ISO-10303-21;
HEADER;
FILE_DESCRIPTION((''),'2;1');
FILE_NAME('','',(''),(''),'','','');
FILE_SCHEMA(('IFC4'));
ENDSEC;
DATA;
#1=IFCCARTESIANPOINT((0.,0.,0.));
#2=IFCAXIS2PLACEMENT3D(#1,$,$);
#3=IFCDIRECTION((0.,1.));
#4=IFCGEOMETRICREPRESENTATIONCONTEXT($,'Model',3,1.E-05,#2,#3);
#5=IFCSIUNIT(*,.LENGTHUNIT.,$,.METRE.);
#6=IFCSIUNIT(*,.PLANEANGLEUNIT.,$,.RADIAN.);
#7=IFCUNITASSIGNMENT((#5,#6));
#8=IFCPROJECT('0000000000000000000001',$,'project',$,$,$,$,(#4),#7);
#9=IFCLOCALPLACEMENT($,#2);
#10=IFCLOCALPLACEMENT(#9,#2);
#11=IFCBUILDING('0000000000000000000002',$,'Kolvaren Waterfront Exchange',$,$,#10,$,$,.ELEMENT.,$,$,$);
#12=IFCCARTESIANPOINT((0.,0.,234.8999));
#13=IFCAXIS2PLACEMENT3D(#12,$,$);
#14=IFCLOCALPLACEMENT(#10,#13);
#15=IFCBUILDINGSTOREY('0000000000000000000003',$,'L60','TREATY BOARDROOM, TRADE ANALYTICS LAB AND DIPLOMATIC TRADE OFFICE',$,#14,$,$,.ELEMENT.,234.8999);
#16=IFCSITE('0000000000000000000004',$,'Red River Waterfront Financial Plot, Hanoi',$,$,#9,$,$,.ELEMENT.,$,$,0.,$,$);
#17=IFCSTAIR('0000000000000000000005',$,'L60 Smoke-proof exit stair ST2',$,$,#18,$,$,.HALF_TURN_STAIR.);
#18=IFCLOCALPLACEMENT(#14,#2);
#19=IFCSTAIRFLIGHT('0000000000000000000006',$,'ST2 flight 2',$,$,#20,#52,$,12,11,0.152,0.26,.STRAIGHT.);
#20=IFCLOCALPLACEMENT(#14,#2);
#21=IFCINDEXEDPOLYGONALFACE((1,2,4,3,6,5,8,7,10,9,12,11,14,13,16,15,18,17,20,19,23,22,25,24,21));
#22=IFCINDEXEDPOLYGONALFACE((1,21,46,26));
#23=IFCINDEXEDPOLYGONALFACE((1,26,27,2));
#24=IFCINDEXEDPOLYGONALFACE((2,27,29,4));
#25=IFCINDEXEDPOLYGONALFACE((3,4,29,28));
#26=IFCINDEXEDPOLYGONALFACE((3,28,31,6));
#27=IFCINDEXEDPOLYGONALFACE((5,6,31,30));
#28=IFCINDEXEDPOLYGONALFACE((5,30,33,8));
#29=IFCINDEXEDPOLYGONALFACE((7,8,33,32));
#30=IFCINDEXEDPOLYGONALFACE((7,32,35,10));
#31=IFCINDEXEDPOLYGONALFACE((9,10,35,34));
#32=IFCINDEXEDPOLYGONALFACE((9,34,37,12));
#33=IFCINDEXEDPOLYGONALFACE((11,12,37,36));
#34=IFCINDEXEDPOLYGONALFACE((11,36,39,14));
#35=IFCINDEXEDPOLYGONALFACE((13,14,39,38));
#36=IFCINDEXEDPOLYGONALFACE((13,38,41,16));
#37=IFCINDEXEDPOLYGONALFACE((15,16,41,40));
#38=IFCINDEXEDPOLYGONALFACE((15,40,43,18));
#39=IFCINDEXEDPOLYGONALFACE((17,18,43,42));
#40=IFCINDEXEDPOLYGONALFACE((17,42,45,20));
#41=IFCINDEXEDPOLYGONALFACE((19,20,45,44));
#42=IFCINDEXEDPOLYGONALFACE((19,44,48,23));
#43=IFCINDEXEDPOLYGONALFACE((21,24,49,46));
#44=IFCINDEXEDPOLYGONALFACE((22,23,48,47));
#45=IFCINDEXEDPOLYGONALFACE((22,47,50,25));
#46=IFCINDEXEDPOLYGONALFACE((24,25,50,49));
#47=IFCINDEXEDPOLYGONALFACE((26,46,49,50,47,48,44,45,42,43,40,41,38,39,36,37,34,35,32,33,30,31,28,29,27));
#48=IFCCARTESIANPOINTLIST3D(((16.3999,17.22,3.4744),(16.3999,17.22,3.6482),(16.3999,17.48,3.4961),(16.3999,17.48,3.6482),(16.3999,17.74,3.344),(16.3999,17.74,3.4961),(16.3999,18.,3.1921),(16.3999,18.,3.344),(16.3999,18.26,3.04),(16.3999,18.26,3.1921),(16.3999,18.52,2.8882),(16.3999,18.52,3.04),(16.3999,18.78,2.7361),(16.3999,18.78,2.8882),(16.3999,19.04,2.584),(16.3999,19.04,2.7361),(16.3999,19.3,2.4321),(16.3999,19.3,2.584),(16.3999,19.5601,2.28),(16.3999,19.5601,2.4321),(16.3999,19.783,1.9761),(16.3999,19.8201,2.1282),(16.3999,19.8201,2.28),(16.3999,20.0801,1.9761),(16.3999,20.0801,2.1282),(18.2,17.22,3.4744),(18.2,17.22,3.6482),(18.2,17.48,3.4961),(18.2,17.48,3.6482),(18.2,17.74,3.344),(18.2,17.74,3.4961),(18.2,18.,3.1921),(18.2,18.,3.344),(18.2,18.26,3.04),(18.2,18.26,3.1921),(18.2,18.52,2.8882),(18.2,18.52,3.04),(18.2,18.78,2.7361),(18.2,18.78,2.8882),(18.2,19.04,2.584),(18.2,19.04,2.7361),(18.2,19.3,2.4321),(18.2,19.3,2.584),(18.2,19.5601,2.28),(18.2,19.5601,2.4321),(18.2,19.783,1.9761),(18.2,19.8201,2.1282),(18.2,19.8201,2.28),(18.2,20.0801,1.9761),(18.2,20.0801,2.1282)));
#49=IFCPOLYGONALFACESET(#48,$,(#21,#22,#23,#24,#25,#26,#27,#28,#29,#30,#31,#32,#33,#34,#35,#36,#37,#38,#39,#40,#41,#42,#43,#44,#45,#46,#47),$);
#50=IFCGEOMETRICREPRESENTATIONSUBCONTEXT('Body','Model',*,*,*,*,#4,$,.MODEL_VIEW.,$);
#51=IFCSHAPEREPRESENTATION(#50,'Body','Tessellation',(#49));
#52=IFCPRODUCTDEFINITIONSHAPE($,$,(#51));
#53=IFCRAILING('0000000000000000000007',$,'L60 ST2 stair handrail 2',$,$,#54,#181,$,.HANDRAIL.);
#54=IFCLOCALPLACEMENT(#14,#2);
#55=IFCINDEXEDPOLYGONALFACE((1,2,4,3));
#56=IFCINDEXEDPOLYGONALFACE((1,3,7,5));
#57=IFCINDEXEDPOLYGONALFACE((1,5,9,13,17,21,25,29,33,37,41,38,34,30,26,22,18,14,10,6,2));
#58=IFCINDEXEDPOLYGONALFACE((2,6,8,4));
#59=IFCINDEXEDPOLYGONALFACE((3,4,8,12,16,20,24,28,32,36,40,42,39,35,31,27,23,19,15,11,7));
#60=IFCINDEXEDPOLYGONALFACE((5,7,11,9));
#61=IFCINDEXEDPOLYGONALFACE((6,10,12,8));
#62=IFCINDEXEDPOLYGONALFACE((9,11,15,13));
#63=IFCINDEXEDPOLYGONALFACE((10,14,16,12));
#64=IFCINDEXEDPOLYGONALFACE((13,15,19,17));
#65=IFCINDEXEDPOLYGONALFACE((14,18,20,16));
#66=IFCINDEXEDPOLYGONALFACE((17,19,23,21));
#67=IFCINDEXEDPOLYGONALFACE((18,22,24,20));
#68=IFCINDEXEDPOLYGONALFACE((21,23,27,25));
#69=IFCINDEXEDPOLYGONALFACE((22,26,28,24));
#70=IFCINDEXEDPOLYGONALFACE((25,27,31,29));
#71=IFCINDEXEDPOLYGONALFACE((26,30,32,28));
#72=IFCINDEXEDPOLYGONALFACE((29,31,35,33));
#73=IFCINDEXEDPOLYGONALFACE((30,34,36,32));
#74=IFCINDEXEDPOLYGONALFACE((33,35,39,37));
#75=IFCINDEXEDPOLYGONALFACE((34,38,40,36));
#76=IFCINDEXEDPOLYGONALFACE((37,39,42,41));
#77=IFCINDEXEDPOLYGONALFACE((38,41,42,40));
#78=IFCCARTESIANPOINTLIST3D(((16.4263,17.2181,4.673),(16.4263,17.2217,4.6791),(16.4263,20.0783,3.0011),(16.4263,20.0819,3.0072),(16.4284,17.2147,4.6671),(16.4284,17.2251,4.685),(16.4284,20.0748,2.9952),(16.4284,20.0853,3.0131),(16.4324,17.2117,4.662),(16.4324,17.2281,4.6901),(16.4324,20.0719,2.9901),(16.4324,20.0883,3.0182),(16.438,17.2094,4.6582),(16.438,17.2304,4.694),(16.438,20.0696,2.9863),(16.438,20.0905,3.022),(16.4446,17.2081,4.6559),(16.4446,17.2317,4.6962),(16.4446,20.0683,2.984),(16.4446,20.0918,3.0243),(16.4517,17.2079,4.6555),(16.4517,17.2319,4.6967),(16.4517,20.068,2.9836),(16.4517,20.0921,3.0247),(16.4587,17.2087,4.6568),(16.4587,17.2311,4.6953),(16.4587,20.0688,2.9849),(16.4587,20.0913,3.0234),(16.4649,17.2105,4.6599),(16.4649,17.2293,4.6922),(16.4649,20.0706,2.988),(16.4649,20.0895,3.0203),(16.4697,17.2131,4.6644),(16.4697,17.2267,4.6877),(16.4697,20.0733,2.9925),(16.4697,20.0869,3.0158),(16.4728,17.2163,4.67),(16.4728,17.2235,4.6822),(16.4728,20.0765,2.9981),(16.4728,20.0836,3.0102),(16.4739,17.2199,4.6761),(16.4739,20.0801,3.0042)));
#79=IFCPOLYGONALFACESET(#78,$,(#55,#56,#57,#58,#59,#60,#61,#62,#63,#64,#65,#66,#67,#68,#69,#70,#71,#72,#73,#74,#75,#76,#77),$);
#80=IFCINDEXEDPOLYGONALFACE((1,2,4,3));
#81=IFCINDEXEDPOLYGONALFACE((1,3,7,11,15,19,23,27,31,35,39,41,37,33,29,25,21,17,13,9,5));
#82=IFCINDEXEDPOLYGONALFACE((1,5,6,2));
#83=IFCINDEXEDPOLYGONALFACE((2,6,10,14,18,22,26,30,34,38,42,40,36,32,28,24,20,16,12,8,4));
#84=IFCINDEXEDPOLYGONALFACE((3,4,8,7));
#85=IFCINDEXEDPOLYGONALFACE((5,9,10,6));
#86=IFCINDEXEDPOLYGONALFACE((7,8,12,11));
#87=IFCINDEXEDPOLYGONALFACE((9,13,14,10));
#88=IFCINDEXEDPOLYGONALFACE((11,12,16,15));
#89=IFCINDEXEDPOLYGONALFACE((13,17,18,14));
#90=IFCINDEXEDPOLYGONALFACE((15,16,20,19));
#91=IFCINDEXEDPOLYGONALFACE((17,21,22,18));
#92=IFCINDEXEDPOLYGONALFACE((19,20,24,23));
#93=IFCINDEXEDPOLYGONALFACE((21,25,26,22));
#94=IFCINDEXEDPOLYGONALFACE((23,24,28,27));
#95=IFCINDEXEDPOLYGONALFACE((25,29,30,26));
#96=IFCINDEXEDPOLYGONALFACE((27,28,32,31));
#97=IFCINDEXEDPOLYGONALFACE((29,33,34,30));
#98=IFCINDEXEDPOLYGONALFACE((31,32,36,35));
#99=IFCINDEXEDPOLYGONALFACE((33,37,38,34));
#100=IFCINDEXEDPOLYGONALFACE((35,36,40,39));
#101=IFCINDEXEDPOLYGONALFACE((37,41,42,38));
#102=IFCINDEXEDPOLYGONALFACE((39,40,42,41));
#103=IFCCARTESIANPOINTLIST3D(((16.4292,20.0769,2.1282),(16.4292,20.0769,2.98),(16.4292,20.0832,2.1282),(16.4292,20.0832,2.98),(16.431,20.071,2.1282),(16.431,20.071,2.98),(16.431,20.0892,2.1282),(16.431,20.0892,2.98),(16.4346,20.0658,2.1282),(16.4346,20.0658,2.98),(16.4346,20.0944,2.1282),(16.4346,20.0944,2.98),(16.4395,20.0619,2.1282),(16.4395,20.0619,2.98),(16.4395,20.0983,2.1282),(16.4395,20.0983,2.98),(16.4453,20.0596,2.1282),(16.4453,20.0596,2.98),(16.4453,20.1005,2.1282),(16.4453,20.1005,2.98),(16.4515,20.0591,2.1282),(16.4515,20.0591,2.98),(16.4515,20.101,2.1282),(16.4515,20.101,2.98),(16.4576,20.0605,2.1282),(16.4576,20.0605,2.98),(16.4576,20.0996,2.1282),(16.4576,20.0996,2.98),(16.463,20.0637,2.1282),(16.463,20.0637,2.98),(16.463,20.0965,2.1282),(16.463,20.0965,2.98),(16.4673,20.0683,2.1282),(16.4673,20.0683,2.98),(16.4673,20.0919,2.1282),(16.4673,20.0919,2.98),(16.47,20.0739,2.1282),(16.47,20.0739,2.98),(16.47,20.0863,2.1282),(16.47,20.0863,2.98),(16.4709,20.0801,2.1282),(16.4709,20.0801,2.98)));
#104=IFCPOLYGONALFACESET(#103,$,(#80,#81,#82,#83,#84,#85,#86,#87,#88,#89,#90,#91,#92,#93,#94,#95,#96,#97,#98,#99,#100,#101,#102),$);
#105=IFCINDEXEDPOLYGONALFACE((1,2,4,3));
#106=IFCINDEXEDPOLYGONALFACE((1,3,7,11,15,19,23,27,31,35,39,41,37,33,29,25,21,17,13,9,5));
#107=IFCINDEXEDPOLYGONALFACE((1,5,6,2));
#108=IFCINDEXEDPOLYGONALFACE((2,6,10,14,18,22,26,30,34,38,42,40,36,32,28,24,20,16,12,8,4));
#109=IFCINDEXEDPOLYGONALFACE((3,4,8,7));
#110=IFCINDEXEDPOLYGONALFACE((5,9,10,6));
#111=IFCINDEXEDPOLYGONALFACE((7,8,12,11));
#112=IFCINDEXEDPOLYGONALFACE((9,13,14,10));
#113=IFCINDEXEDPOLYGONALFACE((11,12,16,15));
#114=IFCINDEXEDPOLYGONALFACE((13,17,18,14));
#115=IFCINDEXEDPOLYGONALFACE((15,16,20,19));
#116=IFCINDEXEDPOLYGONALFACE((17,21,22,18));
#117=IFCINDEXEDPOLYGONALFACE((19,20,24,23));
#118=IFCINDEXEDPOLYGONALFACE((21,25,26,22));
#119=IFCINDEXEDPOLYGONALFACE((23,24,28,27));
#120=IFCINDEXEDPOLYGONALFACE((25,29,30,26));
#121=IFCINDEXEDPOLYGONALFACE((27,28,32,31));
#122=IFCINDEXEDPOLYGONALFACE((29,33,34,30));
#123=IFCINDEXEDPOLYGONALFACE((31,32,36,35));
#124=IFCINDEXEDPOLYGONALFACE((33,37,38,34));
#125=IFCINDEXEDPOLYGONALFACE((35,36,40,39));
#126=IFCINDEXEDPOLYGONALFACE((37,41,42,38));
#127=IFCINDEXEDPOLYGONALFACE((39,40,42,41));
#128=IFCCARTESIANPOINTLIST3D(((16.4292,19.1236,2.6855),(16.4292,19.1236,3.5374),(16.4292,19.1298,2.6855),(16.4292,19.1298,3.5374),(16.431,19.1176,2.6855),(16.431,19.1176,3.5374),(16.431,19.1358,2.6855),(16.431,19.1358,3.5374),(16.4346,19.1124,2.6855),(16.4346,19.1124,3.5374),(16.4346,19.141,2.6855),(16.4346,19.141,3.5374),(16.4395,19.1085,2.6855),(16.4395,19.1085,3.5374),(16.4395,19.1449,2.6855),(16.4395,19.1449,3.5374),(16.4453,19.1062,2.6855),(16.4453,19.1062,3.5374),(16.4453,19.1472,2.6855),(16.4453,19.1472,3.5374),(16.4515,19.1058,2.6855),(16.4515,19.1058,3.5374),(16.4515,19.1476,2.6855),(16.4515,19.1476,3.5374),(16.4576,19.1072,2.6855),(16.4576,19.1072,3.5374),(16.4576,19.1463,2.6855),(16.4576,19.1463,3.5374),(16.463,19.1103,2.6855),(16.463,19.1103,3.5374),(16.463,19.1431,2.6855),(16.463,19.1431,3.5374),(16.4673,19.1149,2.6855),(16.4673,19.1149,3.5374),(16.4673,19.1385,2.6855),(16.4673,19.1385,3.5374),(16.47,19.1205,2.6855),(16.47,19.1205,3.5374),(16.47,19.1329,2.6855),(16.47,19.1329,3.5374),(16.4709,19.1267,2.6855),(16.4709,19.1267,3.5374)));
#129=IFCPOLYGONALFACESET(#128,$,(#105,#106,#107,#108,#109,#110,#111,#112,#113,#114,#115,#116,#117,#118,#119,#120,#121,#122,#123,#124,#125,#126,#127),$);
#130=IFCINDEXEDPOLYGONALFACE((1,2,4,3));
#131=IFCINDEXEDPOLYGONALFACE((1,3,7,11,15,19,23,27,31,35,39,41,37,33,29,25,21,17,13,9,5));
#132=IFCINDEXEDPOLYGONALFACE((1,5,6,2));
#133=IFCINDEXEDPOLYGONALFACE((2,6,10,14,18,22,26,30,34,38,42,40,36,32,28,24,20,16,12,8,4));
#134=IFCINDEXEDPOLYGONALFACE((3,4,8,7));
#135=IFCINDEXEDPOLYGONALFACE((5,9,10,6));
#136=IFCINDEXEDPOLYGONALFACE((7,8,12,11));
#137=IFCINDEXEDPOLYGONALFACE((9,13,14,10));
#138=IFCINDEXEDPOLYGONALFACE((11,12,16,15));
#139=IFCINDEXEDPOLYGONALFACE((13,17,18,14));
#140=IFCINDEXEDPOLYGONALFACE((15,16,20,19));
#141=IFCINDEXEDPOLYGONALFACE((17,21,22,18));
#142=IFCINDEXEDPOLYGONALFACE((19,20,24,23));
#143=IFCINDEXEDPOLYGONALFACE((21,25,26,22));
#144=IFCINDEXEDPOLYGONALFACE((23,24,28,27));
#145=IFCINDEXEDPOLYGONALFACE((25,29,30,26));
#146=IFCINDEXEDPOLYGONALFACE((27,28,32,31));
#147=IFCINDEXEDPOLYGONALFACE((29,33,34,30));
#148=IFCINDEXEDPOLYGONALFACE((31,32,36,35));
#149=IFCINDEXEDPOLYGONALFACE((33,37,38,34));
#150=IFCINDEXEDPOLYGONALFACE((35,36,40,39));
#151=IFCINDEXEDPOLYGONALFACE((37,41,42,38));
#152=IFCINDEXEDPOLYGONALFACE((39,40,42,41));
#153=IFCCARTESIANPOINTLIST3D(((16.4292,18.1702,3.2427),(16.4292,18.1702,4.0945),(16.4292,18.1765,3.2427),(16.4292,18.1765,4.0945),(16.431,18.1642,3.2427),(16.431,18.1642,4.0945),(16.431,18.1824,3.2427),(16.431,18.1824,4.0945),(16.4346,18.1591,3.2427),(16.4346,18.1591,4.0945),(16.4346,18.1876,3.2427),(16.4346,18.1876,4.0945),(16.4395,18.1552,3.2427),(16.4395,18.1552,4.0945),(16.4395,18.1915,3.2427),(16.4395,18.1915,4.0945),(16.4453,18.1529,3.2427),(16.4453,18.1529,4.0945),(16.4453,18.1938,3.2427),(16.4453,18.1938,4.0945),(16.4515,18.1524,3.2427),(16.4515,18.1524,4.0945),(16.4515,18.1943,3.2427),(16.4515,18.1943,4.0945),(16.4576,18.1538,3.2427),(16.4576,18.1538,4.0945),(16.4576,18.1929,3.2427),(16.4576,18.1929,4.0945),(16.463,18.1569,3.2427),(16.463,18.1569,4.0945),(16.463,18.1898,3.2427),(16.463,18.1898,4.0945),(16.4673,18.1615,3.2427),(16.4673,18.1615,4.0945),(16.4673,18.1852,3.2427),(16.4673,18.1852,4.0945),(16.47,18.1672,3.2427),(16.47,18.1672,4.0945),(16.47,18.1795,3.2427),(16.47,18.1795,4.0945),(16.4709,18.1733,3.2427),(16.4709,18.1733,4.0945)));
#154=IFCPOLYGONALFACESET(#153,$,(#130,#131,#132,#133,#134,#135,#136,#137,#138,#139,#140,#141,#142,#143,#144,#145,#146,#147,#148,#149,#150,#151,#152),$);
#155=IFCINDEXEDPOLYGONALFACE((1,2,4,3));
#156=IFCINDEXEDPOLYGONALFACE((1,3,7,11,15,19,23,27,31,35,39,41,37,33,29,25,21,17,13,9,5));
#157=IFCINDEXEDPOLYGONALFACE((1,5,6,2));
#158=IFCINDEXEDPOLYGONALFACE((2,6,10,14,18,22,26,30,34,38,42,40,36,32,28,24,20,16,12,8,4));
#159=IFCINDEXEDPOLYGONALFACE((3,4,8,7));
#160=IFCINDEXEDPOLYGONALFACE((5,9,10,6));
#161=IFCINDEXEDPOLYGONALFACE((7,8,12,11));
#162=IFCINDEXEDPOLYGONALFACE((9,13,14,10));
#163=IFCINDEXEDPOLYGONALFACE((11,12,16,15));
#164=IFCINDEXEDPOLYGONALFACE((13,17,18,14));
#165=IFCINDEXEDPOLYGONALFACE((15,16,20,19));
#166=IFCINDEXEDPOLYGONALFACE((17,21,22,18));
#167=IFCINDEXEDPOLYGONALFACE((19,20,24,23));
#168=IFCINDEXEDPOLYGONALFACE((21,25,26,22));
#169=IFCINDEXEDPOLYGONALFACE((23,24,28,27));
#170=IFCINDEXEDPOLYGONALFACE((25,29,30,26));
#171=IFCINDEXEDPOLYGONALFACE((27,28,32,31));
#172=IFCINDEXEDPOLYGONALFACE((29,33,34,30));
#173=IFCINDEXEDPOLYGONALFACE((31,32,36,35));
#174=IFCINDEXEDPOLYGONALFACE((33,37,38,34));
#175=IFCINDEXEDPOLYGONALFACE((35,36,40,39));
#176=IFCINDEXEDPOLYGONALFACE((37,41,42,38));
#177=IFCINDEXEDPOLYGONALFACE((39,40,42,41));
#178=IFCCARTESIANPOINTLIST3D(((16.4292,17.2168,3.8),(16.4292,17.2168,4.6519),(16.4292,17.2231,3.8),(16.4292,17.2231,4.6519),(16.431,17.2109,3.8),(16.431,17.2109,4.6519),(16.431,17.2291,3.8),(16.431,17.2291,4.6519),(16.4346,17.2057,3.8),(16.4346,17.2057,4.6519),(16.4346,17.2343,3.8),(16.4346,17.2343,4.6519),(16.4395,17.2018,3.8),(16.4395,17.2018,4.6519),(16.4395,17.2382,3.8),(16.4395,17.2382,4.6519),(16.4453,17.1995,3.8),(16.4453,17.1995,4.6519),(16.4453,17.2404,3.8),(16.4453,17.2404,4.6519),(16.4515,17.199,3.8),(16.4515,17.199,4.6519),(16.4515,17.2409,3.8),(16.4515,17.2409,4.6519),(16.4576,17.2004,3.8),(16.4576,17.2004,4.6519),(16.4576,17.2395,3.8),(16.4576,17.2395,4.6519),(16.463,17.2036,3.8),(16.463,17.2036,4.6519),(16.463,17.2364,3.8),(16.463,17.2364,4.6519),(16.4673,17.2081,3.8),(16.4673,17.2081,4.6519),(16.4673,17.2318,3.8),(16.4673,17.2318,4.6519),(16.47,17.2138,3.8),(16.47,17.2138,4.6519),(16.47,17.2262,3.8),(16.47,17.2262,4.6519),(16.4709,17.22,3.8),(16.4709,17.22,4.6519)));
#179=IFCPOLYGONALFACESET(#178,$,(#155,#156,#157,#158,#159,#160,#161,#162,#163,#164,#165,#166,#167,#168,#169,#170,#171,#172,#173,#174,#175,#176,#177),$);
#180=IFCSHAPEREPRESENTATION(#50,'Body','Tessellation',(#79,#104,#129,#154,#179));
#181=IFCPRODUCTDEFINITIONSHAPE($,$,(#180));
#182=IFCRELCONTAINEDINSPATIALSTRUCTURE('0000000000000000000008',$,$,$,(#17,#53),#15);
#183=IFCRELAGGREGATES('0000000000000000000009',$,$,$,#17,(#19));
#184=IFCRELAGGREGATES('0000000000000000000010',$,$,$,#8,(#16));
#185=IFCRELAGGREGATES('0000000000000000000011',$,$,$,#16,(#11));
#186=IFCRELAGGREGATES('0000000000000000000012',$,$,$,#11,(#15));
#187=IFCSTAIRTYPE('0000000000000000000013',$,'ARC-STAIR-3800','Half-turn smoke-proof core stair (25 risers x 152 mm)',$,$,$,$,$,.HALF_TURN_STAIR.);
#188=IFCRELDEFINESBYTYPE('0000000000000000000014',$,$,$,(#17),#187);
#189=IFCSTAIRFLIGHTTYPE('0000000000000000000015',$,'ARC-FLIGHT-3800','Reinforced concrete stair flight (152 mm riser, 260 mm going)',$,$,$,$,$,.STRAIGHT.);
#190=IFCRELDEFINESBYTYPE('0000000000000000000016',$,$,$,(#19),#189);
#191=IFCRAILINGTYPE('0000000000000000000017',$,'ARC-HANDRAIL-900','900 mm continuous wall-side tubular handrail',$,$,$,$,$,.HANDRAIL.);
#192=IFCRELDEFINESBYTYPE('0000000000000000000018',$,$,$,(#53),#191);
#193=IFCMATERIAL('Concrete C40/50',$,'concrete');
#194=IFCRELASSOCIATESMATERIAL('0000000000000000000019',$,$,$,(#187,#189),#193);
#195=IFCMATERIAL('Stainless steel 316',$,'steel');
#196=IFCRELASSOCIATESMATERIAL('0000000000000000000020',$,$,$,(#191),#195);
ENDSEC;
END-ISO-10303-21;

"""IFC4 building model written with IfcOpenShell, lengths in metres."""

from ifc_helpers import new_model, si_unit, direction, frame, origin, origin_2d, place, context, subcontext, project, spatial, polyline, circle, outline, extrude, material, type_object, element, aggregate, save


model = new_model("IFC4")

# Units and contexts
model_context = context("Model", 3, precision=1e-05, world=origin(), true_north=direction((0.0, 1.0)))
body_context = subcontext(model_context, "Body", "Model", "MODEL_VIEW")
ifc_project = project(units=[si_unit("LENGTHUNIT", "METRE"), si_unit("PLANEANGLEUNIT", "RADIAN")], contexts=[model_context])

# Site, building, storey
site_placement = place(None, origin())
site = spatial("IfcSite", under=ifc_project, at=site_placement, Name="Red River Waterfront Financial Plot, Hanoi", CompositionType="ELEMENT", RefElevation=0.0)
building_placement = place(site_placement, origin())
building = spatial("IfcBuilding", under=site, at=building_placement, Name="Kolvaren Waterfront Exchange", CompositionType="ELEMENT")
storey_placement = place(building_placement, frame((0.0, 0.0, 234.8999)))
storey = spatial("IfcBuildingStorey", under=building, at=storey_placement, Name="L60", Description="TREATY BOARDROOM, TRADE ANALYTICS LAB AND DIPLOMATIC TRADE OFFICE", CompositionType="ELEMENT", Elevation=234.8999)

# Shared definitions
ifc_material_1 = material(Name="Concrete C40/50", Category="concrete")

# Stair, stair flight
stair_type = type_object("IfcStairType", Name="ARC-STAIR-3800", Description="Half-turn smoke-proof core stair (25 risers x 152 mm)", PredefinedType="HALF_TURN_STAIR", material=ifc_material_1)
stair_placement = place(storey_placement, origin())
stair = element("IfcStair", 1, at=stair_placement, inside=storey, type_object=stair_type, Name="L60 Smoke-proof exit stair ST2", PredefinedType="HALF_TURN_STAIR")
stair_flight_type = type_object("IfcStairFlightType", Name="ARC-FLIGHT-3800", Description="Reinforced concrete stair flight (152 mm riser, 260 mm going)", PredefinedType="STRAIGHT", material=ifc_material_1)
stair_flight_placement = place(storey_placement, frame((17.3, 20.0801, 1.9761), z_axis=(0.0, 0.0, 1.0), x_axis=(0.0, -1.0, 0.0)))
stair_flight = element("IfcStairFlight", 2, at=stair_flight_placement, type_object=stair_flight_type, Name="ST2 flight 2", NumberOfRisers=12, NumberOfTreads=11, PredefinedType="STRAIGHT", RiserHeight=0.152, TreadLength=0.26, context=body_context, shape_type="SweptSolid", body=[
    extrude(outline(polyline([(0.0, 0.0), (0.0, 0.1521), (0.26, 0.1521), (0.26, 0.304), (0.52, 0.304), (0.52, 0.4561), (0.78, 0.4561), (0.78, 0.6079), (1.04, 0.6079), (1.04, 0.76), (1.3, 0.76), (1.3, 0.9121), (1.5601, 0.9121), (1.5601, 1.064), (1.8201, 1.064), (1.8201, 1.2161), (2.0801, 1.2161), (2.0801, 1.3679), (2.3401, 1.3679), (2.3401, 1.52), (2.6001, 1.52), (2.6001, 1.6721), (2.8601, 1.6721), (2.8601, 1.824), (2.8601, 1.4983), (0.2971, 0.0), (0.0, 0.0)])), frame((0.0, 0.8999, 0.0), z_axis=(0.0, -1.0, 0.0), x_axis=(1.0, 0.0, 0.0)), (0.0, 0.0, 1.0), 1.8),
])
aggregate(stair, [stair_flight])

# Railing
ifc_material_2 = material(Name="Stainless steel 316", Category="steel")
railing_type = type_object("IfcRailingType", Name="ARC-HANDRAIL-900", Description="900 mm continuous wall-side tubular handrail", PredefinedType="HANDRAIL", material=ifc_material_2)
railing_placement = place(storey_placement, frame((16.45, 20.0801, 2.1282)))
element("IfcRailing", 3, at=railing_placement, inside=storey, type_object=railing_type, Name="L60 ST2 stair handrail 2", PredefinedType="HANDRAIL", context=body_context, shape_type="SweptSolid", body=[
    extrude(circle(Radius=0.0239, at=origin_2d()), frame((0.0, 0.0, 0.876), z_axis=(0.0, -0.863321, 0.504654), x_axis=(1.0, 0.0, 0.0)), (0.0, 0.0, 1.0), 3.313),
    extrude(circle(Radius=0.021, at=origin_2d()), origin(), (0.0, 0.0, 1.0), 0.8518),
    extrude(circle(Radius=0.021, at=origin_2d()), frame((0.0, -0.9534, 0.5574)), (0.0, 0.0, 1.0), 0.8518),
    extrude(circle(Radius=0.021, at=origin_2d()), frame((0.0, -1.9067, 1.1145)), (0.0, 0.0, 1.0), 0.8518),
    extrude(circle(Radius=0.021, at=origin_2d()), frame((0.0, -2.8601, 1.6719)), (0.0, 0.0, 1.0), 0.8518),
])

save(model, "model.ifc")
